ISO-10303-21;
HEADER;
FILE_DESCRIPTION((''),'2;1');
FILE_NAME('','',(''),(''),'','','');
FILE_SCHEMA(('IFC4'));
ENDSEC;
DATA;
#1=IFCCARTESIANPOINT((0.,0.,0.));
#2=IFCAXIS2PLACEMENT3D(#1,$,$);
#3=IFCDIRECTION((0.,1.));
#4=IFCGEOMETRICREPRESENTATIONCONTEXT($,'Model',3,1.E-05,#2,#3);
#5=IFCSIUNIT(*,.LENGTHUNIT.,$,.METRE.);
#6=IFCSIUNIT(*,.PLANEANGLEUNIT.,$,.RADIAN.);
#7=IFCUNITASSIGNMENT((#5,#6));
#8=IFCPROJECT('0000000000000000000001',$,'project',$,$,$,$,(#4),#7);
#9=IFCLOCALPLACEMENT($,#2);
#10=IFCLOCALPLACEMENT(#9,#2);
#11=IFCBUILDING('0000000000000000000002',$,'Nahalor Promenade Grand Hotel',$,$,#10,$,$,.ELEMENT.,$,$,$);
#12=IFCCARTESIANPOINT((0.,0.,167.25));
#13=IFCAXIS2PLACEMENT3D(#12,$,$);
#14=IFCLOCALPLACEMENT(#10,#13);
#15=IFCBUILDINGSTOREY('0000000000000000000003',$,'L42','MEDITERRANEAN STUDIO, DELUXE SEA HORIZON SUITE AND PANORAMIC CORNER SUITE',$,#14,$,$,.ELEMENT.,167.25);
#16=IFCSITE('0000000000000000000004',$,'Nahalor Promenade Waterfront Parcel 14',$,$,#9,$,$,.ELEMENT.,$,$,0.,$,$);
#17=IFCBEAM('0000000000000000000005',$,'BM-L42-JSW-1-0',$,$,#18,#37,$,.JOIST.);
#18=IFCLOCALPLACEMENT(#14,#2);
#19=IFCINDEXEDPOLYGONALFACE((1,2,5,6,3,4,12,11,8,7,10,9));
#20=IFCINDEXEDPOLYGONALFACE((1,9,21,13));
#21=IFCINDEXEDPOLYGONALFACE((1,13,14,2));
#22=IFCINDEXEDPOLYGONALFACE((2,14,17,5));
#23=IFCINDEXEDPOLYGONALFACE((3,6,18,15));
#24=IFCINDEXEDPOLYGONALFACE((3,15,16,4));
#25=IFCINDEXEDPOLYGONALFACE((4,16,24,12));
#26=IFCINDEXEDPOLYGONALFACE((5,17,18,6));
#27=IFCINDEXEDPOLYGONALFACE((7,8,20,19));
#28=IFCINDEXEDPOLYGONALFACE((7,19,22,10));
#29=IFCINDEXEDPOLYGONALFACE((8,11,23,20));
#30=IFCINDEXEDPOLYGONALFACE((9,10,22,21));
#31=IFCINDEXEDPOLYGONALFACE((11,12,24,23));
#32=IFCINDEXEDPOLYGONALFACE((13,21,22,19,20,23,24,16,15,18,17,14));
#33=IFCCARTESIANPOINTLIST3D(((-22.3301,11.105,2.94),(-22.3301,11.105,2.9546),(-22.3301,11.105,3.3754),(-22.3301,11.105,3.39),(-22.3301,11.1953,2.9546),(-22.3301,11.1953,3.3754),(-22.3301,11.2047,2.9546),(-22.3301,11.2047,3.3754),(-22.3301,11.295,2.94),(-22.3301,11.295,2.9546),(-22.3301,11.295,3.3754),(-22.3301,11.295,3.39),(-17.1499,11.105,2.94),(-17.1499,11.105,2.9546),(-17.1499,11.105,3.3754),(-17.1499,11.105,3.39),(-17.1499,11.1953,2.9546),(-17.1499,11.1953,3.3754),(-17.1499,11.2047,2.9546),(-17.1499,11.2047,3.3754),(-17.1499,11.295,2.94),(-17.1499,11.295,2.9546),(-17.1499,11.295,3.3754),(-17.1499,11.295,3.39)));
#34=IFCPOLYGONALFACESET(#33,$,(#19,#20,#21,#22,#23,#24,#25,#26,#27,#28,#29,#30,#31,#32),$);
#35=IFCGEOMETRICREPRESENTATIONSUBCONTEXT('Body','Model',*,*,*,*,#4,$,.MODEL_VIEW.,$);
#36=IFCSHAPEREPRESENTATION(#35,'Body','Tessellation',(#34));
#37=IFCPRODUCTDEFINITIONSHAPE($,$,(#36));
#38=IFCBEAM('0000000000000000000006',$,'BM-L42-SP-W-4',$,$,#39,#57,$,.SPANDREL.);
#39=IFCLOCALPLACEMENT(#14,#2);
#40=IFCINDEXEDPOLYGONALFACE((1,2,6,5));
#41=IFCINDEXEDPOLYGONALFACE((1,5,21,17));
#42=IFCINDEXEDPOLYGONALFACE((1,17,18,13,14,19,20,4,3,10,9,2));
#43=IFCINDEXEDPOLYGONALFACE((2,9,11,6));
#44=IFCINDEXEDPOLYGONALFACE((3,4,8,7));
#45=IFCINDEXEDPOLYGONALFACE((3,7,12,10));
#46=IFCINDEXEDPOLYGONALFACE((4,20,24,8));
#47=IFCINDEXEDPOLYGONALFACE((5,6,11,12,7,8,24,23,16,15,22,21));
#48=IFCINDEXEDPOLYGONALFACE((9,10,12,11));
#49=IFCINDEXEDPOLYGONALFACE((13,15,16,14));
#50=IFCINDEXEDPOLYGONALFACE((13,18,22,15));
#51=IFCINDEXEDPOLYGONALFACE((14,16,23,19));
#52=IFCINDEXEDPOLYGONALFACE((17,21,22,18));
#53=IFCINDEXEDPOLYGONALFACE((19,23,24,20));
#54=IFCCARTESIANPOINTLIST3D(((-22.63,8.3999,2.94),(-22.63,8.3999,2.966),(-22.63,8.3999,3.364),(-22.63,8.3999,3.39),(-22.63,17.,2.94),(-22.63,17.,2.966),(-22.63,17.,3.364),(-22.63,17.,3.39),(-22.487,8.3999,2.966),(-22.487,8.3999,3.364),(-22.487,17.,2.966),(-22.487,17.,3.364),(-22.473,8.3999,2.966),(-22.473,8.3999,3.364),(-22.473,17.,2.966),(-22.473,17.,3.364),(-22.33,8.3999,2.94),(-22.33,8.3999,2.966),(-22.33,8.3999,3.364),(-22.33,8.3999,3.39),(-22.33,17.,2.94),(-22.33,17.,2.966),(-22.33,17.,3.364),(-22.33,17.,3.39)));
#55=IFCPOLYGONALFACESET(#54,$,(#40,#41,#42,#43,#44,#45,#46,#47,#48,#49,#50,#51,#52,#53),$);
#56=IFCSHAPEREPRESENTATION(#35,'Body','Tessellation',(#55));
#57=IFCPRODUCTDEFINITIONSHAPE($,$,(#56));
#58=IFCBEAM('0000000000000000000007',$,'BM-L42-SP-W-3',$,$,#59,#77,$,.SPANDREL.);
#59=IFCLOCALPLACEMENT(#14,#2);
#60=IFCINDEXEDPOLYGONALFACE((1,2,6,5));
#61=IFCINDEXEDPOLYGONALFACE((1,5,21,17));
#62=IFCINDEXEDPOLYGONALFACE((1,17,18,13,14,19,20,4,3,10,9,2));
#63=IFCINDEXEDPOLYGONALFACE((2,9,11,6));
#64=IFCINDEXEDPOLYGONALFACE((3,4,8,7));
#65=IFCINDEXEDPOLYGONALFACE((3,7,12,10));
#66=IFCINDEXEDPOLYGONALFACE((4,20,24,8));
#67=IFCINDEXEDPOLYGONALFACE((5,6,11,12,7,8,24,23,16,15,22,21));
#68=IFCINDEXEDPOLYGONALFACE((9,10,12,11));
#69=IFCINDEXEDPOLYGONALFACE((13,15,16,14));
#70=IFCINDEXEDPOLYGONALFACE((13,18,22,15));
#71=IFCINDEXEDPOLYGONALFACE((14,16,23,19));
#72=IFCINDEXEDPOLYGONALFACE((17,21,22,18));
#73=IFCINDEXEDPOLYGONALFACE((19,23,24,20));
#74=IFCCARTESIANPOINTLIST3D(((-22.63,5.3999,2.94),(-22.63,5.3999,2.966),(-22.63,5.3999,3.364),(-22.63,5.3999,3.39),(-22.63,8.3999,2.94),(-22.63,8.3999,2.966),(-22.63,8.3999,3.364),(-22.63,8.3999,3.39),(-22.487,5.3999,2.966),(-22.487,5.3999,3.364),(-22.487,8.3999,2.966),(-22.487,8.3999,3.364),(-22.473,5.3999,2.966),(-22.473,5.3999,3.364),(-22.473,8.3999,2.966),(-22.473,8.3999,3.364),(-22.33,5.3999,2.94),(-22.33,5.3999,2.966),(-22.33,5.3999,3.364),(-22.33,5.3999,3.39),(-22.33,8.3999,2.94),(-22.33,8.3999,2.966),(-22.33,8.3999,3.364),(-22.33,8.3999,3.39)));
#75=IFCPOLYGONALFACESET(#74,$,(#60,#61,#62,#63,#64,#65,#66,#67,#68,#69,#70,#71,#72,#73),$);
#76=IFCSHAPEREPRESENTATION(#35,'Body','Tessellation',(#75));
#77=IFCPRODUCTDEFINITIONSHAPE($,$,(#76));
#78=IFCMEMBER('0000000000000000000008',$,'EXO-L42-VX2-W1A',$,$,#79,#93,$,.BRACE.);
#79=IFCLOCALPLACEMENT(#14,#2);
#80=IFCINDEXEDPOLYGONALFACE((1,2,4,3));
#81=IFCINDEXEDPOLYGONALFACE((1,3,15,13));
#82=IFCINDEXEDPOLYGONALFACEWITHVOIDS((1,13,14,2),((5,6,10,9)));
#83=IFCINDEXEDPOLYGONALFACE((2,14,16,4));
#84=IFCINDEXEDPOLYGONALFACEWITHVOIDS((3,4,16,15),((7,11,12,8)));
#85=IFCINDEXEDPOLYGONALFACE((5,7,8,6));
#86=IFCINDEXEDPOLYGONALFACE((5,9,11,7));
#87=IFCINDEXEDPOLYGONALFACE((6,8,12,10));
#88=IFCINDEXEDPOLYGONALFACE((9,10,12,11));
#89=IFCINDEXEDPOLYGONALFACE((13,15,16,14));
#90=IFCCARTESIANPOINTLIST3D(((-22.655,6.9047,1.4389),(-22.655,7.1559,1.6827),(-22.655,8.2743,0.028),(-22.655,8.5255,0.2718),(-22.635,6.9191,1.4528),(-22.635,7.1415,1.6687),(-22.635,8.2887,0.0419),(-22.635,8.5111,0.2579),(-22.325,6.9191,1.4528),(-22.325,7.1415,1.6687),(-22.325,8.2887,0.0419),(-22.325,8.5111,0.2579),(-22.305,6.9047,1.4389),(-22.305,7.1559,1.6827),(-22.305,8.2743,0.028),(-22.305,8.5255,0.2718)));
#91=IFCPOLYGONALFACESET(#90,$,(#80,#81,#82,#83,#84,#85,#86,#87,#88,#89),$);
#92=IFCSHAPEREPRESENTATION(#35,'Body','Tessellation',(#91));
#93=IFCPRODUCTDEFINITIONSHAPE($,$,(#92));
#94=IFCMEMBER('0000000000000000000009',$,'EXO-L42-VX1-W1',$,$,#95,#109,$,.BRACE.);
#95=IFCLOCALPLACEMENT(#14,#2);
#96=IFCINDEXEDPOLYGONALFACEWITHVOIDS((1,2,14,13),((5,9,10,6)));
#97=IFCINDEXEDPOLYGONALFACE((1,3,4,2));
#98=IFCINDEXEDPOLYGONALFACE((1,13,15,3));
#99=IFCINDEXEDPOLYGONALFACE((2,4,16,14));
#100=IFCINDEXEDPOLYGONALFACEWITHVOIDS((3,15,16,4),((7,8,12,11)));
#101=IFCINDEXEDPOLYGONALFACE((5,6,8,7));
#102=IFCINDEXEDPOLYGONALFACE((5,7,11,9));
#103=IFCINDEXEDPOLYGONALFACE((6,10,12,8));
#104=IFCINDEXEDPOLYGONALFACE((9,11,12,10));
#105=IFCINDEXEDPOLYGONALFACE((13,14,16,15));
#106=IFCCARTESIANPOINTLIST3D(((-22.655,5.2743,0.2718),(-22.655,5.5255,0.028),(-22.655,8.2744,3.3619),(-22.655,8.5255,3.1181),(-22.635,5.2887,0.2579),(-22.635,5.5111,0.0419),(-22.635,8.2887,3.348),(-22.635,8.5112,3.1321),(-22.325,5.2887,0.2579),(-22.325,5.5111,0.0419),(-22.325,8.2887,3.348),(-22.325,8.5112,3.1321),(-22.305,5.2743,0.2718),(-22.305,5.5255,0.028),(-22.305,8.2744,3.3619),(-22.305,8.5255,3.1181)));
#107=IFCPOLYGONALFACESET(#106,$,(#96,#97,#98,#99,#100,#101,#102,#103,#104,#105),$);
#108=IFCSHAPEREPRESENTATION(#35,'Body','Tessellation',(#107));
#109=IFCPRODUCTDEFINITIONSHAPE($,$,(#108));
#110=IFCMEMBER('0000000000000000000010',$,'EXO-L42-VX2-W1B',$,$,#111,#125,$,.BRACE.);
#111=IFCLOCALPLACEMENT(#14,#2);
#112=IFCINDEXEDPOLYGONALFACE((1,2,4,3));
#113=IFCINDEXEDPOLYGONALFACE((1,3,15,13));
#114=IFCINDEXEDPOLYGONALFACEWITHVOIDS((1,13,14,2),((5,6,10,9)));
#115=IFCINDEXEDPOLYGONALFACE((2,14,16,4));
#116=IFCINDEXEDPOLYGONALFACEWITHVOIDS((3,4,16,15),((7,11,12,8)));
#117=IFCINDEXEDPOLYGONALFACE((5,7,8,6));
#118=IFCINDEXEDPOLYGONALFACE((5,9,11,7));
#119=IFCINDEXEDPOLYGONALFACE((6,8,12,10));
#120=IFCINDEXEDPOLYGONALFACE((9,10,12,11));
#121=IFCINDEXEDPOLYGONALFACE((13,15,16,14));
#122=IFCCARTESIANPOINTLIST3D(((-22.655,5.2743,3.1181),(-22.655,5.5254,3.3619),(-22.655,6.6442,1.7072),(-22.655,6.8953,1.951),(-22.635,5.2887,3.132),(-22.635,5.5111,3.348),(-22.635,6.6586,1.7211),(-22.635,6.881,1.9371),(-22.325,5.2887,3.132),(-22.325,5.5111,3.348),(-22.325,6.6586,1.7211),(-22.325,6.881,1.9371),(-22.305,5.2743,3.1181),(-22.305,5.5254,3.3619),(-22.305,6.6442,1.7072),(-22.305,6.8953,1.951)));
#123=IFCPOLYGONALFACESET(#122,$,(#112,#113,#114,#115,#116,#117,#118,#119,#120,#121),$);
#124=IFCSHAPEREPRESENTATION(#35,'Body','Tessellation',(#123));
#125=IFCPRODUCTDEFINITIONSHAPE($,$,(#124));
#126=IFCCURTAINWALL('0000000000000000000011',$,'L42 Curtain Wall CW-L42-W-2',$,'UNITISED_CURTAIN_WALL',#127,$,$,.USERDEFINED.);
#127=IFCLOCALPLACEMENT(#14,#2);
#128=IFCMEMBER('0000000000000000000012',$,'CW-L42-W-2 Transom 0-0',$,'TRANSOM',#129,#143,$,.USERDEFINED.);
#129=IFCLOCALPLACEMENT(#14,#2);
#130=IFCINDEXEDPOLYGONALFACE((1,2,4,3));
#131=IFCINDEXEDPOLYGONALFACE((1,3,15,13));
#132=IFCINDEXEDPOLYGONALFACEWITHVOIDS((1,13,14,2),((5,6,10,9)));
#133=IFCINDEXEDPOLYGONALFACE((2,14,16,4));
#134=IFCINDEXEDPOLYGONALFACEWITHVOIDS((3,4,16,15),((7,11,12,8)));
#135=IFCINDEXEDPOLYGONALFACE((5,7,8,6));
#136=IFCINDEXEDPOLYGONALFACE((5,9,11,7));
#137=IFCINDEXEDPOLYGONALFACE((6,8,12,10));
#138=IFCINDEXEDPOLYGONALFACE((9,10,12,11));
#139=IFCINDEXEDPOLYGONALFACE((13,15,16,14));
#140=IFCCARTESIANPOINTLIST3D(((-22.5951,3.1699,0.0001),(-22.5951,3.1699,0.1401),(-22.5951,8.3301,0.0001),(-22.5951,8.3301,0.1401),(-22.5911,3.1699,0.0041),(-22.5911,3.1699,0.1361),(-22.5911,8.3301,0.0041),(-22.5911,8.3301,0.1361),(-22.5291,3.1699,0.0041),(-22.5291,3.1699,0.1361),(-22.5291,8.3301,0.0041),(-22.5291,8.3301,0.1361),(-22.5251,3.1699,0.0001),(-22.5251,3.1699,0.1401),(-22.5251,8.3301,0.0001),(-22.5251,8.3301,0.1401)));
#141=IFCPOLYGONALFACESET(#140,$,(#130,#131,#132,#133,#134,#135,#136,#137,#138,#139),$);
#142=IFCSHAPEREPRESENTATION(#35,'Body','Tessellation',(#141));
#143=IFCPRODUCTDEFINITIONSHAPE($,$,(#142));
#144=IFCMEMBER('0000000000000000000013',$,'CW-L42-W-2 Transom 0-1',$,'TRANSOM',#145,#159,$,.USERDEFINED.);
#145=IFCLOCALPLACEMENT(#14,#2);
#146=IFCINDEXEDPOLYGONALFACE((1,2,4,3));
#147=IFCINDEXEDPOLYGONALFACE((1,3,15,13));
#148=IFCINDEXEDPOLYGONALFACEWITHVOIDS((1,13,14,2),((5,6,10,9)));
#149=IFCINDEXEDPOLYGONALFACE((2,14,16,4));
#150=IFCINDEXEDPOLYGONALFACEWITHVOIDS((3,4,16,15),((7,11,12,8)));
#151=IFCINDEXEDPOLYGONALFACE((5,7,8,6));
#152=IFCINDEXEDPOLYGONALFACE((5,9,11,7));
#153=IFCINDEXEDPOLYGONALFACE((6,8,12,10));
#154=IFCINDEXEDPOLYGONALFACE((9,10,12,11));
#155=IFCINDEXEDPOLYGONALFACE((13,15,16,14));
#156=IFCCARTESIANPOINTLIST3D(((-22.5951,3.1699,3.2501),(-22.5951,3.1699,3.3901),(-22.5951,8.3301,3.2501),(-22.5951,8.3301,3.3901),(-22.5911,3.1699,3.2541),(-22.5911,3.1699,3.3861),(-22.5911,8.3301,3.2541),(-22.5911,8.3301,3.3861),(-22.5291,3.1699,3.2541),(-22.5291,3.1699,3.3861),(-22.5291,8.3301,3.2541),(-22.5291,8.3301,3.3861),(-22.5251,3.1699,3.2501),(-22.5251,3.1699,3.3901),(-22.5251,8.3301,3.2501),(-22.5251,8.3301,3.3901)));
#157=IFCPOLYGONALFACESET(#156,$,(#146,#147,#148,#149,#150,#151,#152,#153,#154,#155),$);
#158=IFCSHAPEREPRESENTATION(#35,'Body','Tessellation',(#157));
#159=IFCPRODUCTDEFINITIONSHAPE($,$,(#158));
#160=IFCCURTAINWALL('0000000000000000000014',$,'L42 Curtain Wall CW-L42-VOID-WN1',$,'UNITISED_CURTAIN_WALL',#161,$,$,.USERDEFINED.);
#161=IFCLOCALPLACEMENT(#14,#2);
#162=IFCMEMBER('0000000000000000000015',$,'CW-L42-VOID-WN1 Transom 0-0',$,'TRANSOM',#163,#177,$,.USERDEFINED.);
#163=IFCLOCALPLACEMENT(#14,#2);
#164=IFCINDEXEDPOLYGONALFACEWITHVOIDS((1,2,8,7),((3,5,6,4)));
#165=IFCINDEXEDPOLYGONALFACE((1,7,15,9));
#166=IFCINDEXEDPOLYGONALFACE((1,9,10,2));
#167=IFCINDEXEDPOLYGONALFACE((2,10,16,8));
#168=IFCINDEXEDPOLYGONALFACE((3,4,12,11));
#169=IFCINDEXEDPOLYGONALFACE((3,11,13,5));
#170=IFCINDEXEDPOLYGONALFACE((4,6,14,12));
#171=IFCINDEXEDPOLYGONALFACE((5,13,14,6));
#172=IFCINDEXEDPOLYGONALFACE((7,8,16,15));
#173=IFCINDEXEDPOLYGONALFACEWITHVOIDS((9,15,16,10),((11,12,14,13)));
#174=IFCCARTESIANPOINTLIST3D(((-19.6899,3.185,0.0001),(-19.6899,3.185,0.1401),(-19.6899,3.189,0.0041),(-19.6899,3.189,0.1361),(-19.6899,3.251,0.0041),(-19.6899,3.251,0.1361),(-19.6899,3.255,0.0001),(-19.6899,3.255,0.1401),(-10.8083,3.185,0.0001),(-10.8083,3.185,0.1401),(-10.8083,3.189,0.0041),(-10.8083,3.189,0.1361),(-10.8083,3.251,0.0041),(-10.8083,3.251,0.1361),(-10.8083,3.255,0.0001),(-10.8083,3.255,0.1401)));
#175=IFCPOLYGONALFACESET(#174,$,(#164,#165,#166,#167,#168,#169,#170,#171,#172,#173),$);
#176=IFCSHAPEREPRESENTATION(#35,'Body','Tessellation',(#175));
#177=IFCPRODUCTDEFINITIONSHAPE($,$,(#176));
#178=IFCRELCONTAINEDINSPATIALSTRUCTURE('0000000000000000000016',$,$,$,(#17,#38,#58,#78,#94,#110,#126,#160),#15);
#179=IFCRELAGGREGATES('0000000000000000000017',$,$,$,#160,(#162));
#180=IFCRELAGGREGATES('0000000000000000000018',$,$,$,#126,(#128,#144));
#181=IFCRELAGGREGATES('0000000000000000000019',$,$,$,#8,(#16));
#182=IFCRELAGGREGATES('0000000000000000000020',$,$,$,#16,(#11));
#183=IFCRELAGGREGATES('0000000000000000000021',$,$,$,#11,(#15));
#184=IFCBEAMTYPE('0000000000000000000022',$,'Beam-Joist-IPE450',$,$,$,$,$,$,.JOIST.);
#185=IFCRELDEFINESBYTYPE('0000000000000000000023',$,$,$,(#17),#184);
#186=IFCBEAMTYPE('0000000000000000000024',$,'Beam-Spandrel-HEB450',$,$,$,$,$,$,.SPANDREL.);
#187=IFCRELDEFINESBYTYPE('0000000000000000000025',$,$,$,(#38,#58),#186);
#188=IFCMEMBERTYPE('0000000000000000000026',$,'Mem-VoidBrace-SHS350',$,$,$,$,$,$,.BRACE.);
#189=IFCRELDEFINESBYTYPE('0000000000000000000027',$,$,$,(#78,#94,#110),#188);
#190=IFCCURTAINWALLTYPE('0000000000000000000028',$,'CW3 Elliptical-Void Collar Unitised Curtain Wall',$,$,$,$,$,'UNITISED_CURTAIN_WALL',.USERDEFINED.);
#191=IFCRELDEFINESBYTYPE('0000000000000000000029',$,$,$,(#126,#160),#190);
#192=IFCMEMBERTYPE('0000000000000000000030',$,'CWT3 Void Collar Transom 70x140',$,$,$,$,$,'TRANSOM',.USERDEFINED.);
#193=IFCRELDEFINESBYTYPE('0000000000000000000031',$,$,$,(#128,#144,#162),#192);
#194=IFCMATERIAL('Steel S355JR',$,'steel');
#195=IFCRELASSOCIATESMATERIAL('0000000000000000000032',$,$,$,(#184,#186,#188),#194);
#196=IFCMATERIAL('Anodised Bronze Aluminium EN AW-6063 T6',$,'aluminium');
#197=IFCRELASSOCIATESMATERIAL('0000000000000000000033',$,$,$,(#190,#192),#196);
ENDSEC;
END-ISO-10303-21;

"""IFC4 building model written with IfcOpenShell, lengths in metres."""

from ifc_helpers import new_model, si_unit, direction, frame, origin, origin_2d, place, context, subcontext, project, spatial, hollow_rectangle, i_section, extrude, source, transform, mapped, material, material_profile, profile_set, type_object, element, aggregate, save


model = new_model("IFC4")

# Units and contexts
model_context = context("Model", 3, precision=1e-05, world=origin(), true_north=direction((0.0, 1.0)))
body_context = subcontext(model_context, "Body", "Model", "MODEL_VIEW")
ifc_project = project(units=[si_unit("LENGTHUNIT", "METRE"), si_unit("PLANEANGLEUNIT", "RADIAN")], contexts=[model_context])

# Site, building, storey
site_placement = place(None, origin())
site = spatial("IfcSite", under=ifc_project, at=site_placement, Name="Nahalor Promenade Waterfront Parcel 14", CompositionType="ELEMENT", RefElevation=0.0)
building_placement = place(site_placement, origin())
building = spatial("IfcBuilding", under=site, at=building_placement, Name="Nahalor Promenade Grand Hotel", CompositionType="ELEMENT")
storey_placement = place(building_placement, frame((0.0, 0.0, 167.25)))
storey = spatial("IfcBuildingStorey", under=building, at=storey_placement, Name="L42", Description="MEDITERRANEAN STUDIO, DELUXE SEA HORIZON SUITE AND PANORAMIC CORNER SUITE", CompositionType="ELEMENT", Elevation=167.25)

# Beams
ifc_material_1 = material(Name="Steel S355JR", Category="steel")
ifc_material_profile_1 = material_profile(ifc_material_1, i_section(OverallWidth=0.19, OverallDepth=0.45, WebThickness=0.0094, FlangeThickness=0.0146, at=origin_2d()), Name="IPE 450")
ifc_profile_set_1 = profile_set([ifc_material_profile_1], Name="Steel S355JR")
beam_type_1 = type_object("IfcBeamType", Name="Beam-Joist-IPE450", PredefinedType="JOIST", material=ifc_profile_set_1)
shared_shape_1 = source(origin(), body_context, "Body", "SweptSolid", [
    extrude(i_section(OverallWidth=0.19, OverallDepth=0.45, WebThickness=0.0094, FlangeThickness=0.0146, at=origin_2d()), origin(), (0.0, 0.0, 1.0), 5.1802),
])
beam_1_placement = place(storey_placement, frame((-22.3301, 11.2, 3.165), z_axis=(1.0, 0.0, 0.0), x_axis=(0.0, 1.0, 0.0)))
element("IfcBeam", 1, at=beam_1_placement, inside=storey, type_object=beam_type_1, Name="BM-L42-JSW-1-0", PredefinedType="JOIST", context=body_context, shape_type="MappedRepresentation", body=[
    mapped(shared_shape_1, transform((0.0, 0.0, 0.0), scale=1.0)),
])
ifc_material_profile_2 = material_profile(ifc_material_1, i_section(OverallWidth=0.3, OverallDepth=0.45, WebThickness=0.014, FlangeThickness=0.026, at=origin_2d()), Name="HEB 450")
ifc_profile_set_2 = profile_set([ifc_material_profile_2], Name="Steel S355JR")
beam_type_2 = type_object("IfcBeamType", Name="Beam-Spandrel-HEB450", PredefinedType="SPANDREL", material=ifc_profile_set_2)
shared_shape_2 = source(origin(), body_context, "Body", "SweptSolid", [
    extrude(i_section(OverallWidth=0.3, OverallDepth=0.45, WebThickness=0.014, FlangeThickness=0.026, at=origin_2d()), origin(), (0.0, 0.0, 1.0), 8.6001),
])
beam_2_placement = place(storey_placement, frame((-22.48, 8.3999, 3.165), z_axis=(0.0, 1.0, 0.0), x_axis=(-1.0, 0.0, 0.0)))
element("IfcBeam", 2, at=beam_2_placement, inside=storey, type_object=beam_type_2, Name="BM-L42-SP-W-4", PredefinedType="SPANDREL", context=body_context, shape_type="MappedRepresentation", body=[
    mapped(shared_shape_2, transform((0.0, 0.0, 0.0), scale=1.0)),
])
shared_shape_3 = source(origin(), body_context, "Body", "SweptSolid", [
    extrude(i_section(OverallWidth=0.3, OverallDepth=0.45, WebThickness=0.014, FlangeThickness=0.026, at=origin_2d()), origin(), (0.0, 0.0, 1.0), 3.0),
])
beam_3_placement = place(storey_placement, frame((-22.48, 5.3999, 3.165), z_axis=(0.0, 1.0, 0.0), x_axis=(-1.0, 0.0, 0.0)))
element("IfcBeam", 3, at=beam_3_placement, inside=storey, type_object=beam_type_2, Name="BM-L42-SP-W-3", PredefinedType="SPANDREL", context=body_context, shape_type="MappedRepresentation", body=[
    mapped(shared_shape_3, transform((0.0, 0.0, 0.0), scale=1.0)),
])

# Members
ifc_material_profile_3 = material_profile(ifc_material_1, hollow_rectangle(XDim=0.35, YDim=0.35, WallThickness=0.02, at=origin_2d()), Name="SHS 350x350x20")
ifc_profile_set_3 = profile_set([ifc_material_profile_3], Name="Steel S355JR")
member_type_1 = type_object("IfcMemberType", Name="Mem-VoidBrace-SHS350", PredefinedType="BRACE", material=ifc_profile_set_3)
shared_shape_4 = source(origin(), body_context, "Body", "SweptSolid", [
    extrude(hollow_rectangle(XDim=0.35, YDim=0.35, WallThickness=0.02, at=origin_2d()), origin(), (0.0, 0.0, 1.0), 1.9663),
])
member_1_placement = place(storey_placement, frame((-22.48, 8.3999, 0.1499), z_axis=(0.0, -0.696537, 0.71752), x_axis=(1.0, 0.0, 0.0)))
element("IfcMember", 4, at=member_1_placement, inside=storey, type_object=member_type_1, Name="EXO-L42-VX2-W1A", PredefinedType="BRACE", context=body_context, shape_type="MappedRepresentation", body=[
    mapped(shared_shape_4, transform((0.0, 0.0, 0.0), scale=1.0)),
])
shared_shape_5 = source(origin(), body_context, "Body", "SweptSolid", [
    extrude(hollow_rectangle(XDim=0.35, YDim=0.35, WallThickness=0.02, at=origin_2d()), origin(), (0.0, 0.0, 1.0), 4.3069),
])
member_2_placement = place(storey_placement, frame((-22.48, 5.3999, 0.1499), z_axis=(0.0, 0.696571, 0.717488), x_axis=(-1.0, 0.0, 0.0)))
element("IfcMember", 5, at=member_2_placement, inside=storey, type_object=member_type_1, Name="EXO-L42-VX1-W1", PredefinedType="BRACE", context=body_context, shape_type="MappedRepresentation", body=[
    mapped(shared_shape_5, transform((0.0, 0.0, 0.0), scale=1.0)),
])
shared_shape_6 = source(origin(), body_context, "Body", "SweptSolid", [
    extrude(hollow_rectangle(XDim=0.35, YDim=0.35, WallThickness=0.02, at=origin_2d()), origin(), (0.0, 0.0, 1.0), 1.9666),
])
member_3_placement = place(storey_placement, frame((-22.48, 6.7698, 1.8291), z_axis=(0.0, -0.696601, 0.717458), x_axis=(1.0, 0.0, 0.0)))
element("IfcMember", 6, at=member_3_placement, inside=storey, type_object=member_type_1, Name="EXO-L42-VX2-W1B", PredefinedType="BRACE", context=body_context, shape_type="MappedRepresentation", body=[
    mapped(shared_shape_6, transform((0.0, 0.0, 0.0), scale=1.0)),
])

# Curtain walls, members
ifc_material_2 = material(Name="Anodised Bronze Aluminium EN AW-6063 T6", Category="aluminium")
curtain_wall_type = type_object("IfcCurtainWallType", Name="CW3 Elliptical-Void Collar Unitised Curtain Wall", ElementType="UNITISED_CURTAIN_WALL", PredefinedType="USERDEFINED", material=ifc_material_2)
curtain_wall_1_placement = place(storey_placement, origin())
curtain_wall_1 = element("IfcCurtainWall", 7, at=curtain_wall_1_placement, inside=storey, type_object=curtain_wall_type, Name="L42 Curtain Wall CW-L42-W-2", ObjectType="UNITISED_CURTAIN_WALL", PredefinedType="USERDEFINED")
ifc_material_profile_4 = material_profile(ifc_material_2, hollow_rectangle(XDim=0.07, YDim=0.14, WallThickness=0.004, at=origin_2d()), Name="CWT 70x140x4")
ifc_profile_set_4 = profile_set([ifc_material_profile_4], Name="Anodised Bronze Aluminium EN AW-6063 T6")
member_type_2 = type_object("IfcMemberType", Name="CWT3 Void Collar Transom 70x140", ElementType="TRANSOM", PredefinedType="USERDEFINED", material=ifc_profile_set_4)
shared_shape_7 = source(origin(), body_context, "Body", "SweptSolid", [
    extrude(hollow_rectangle(XDim=0.07, YDim=0.14, WallThickness=0.004, at=origin_2d()), origin(), (0.0, 0.0, 1.0), 5.1602),
])
member_4_placement = place(storey_placement, frame((-22.5601, 3.1699, 0.0701), z_axis=(0.0, 1.0, 0.0), x_axis=(-1.0, 0.0, 0.0)))
member_4 = element("IfcMember", 8, at=member_4_placement, type_object=member_type_2, Name="CW-L42-W-2 Transom 0-0", ObjectType="TRANSOM", PredefinedType="USERDEFINED", context=body_context, shape_type="MappedRepresentation", body=[
    mapped(shared_shape_7, transform((0.0, 0.0, 0.0), scale=1.0)),
])
member_5_placement = place(storey_placement, frame((-22.5601, 3.1699, 3.3201), z_axis=(0.0, 1.0, 0.0), x_axis=(-1.0, 0.0, 0.0)))
member_5 = element("IfcMember", 9, at=member_5_placement, type_object=member_type_2, Name="CW-L42-W-2 Transom 0-1", ObjectType="TRANSOM", PredefinedType="USERDEFINED", context=body_context, shape_type="MappedRepresentation", body=[
    mapped(shared_shape_7, transform((0.0, 0.0, 0.0), scale=1.0)),
])
curtain_wall_2_placement = place(storey_placement, origin())
curtain_wall_2 = element("IfcCurtainWall", 10, at=curtain_wall_2_placement, inside=storey, type_object=curtain_wall_type, Name="L42 Curtain Wall CW-L42-VOID-WN1", ObjectType="UNITISED_CURTAIN_WALL", PredefinedType="USERDEFINED")
shared_shape_8 = source(origin(), body_context, "Body", "SweptSolid", [
    extrude(hollow_rectangle(XDim=0.07, YDim=0.14, WallThickness=0.004, at=origin_2d()), origin(), (0.0, 0.0, 1.0), 8.8816),
])
member_6_placement = place(storey_placement, frame((-19.6899, 3.22, 0.0701), z_axis=(1.0, 0.0, 0.0), x_axis=(0.0, 1.0, 0.0)))
member_6 = element("IfcMember", 11, at=member_6_placement, type_object=member_type_2, Name="CW-L42-VOID-WN1 Transom 0-0", ObjectType="TRANSOM", PredefinedType="USERDEFINED", context=body_context, shape_type="MappedRepresentation", body=[
    mapped(shared_shape_8, transform((0.0, 0.0, 0.0), scale=1.0)),
])

aggregate(curtain_wall_2, [member_6])

aggregate(curtain_wall_1, [member_4, member_5])

save(model, "model.ifc")
